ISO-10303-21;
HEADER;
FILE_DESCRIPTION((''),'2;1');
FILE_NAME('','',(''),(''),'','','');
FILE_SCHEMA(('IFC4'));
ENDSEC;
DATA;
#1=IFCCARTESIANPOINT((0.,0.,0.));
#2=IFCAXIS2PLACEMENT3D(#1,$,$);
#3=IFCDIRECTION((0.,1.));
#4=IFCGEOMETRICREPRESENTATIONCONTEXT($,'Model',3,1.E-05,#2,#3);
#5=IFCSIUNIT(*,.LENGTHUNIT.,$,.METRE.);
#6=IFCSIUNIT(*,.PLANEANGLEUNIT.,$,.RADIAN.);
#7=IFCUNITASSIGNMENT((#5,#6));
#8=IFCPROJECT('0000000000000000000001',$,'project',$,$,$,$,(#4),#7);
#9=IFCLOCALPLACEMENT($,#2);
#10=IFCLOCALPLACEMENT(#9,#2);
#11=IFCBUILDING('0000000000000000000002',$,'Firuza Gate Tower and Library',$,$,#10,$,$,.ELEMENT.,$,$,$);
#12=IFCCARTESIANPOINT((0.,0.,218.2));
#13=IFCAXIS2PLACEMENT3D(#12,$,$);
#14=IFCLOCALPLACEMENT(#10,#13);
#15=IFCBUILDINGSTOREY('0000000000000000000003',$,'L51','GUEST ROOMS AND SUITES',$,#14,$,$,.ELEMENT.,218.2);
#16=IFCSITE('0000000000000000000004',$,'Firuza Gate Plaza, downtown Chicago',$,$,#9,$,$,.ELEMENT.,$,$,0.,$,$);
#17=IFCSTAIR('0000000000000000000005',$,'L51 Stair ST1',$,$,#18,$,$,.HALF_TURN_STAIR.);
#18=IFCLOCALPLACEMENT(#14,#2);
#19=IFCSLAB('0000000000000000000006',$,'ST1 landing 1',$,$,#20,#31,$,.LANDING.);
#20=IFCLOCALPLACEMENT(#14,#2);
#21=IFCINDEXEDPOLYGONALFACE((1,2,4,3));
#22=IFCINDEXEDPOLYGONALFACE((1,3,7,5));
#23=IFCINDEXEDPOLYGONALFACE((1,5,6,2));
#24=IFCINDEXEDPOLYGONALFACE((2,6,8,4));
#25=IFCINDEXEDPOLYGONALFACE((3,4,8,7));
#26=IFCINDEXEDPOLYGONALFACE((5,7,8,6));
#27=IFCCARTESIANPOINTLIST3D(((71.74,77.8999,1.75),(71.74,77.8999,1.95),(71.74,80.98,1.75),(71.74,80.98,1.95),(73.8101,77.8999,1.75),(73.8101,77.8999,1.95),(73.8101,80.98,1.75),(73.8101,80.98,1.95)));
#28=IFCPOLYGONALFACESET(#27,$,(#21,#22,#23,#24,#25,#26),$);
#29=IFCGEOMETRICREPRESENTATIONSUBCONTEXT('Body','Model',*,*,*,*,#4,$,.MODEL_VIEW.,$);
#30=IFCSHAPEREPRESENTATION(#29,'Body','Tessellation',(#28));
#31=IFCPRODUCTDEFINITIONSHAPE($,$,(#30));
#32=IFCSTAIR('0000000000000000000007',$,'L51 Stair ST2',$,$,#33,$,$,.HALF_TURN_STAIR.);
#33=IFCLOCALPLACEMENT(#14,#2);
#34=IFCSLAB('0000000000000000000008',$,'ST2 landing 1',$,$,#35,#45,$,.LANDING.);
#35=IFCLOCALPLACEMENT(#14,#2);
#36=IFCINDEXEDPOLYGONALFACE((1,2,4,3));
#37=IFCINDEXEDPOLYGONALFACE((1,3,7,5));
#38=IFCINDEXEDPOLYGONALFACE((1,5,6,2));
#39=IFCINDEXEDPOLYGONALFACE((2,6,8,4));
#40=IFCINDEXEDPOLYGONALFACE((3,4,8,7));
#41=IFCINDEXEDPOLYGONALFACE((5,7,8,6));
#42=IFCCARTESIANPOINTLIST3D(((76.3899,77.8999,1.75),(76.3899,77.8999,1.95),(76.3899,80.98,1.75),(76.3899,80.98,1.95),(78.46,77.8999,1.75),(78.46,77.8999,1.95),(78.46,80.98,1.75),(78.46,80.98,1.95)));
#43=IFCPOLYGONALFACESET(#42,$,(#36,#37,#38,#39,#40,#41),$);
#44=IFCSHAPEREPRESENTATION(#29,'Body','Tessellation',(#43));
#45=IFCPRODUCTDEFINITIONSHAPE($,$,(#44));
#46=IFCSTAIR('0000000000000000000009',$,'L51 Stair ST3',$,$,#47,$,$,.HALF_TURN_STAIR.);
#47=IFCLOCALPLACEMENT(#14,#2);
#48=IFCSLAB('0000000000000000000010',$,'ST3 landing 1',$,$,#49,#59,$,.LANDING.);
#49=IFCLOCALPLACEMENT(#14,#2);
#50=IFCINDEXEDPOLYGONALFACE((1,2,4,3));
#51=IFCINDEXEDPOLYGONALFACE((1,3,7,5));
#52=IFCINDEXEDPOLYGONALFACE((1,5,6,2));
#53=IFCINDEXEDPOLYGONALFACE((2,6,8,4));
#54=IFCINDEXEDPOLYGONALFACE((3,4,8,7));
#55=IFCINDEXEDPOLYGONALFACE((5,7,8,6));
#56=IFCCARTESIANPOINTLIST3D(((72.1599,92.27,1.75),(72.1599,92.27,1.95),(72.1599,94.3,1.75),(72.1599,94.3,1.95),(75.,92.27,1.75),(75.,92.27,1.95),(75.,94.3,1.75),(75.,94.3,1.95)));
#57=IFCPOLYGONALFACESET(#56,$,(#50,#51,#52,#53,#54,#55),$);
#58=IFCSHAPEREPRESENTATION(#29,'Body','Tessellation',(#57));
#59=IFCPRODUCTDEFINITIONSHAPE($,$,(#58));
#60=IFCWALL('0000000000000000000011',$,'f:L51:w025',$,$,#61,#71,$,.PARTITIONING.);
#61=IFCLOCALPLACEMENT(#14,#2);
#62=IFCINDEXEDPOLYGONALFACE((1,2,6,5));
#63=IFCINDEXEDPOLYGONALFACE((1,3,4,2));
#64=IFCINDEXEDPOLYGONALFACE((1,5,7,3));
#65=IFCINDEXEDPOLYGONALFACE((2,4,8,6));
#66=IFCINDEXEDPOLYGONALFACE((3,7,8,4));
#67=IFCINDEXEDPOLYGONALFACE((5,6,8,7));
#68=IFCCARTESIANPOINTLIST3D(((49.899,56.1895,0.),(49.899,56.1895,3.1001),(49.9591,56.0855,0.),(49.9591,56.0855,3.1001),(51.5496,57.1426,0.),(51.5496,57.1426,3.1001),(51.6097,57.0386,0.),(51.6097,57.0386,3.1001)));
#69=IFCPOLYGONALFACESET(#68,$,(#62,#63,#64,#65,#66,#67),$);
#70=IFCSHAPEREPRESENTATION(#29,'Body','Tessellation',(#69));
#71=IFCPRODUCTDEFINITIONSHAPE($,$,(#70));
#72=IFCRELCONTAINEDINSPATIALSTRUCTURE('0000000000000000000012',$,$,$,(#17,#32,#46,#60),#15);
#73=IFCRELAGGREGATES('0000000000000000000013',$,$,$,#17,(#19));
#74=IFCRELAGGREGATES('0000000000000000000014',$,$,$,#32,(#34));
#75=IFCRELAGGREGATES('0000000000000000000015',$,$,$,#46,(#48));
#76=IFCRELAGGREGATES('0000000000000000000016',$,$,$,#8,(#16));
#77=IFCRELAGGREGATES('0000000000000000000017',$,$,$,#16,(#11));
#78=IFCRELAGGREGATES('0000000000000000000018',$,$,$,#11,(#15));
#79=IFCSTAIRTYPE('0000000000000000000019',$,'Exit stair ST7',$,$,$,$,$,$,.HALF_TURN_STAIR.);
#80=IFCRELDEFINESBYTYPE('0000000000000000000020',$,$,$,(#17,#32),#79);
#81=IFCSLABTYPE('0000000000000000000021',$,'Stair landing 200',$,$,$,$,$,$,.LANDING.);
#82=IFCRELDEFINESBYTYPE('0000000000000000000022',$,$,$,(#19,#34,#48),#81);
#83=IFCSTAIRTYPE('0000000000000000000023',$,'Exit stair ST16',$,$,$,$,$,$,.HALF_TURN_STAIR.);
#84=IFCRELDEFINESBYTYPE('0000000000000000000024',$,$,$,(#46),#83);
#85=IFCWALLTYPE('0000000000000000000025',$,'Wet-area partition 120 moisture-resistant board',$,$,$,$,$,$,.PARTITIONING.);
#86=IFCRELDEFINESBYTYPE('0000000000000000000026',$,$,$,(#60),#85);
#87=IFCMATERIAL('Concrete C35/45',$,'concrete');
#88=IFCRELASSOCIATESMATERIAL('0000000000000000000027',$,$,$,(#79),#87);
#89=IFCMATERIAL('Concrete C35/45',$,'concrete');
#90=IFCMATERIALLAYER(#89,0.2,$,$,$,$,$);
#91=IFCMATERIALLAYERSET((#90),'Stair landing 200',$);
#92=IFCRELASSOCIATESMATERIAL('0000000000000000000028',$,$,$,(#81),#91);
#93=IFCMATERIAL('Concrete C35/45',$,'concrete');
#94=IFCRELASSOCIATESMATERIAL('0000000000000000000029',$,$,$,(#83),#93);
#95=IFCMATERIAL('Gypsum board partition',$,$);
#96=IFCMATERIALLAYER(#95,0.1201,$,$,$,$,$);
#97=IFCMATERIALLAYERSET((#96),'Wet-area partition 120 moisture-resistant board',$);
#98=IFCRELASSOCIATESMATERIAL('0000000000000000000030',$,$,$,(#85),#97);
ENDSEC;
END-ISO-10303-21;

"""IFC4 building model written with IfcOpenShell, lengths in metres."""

from ifc_helpers import new_model, si_unit, direction, frame, frame_2d, origin, place, context, subcontext, project, spatial, polyline, rectangle, outline, extrude, material, layer, layer_set, type_object, element, aggregate, save


model = new_model("IFC4")

# Units and contexts
model_context = context("Model", 3, precision=1e-05, world=origin(), true_north=direction((0.0, 1.0)))
body_context = subcontext(model_context, "Body", "Model", "MODEL_VIEW")
ifc_project = project(units=[si_unit("LENGTHUNIT", "METRE"), si_unit("PLANEANGLEUNIT", "RADIAN")], contexts=[model_context])

# Site, building, storey
site_placement = place(None, origin())
site = spatial("IfcSite", under=ifc_project, at=site_placement, Name="Firuza Gate Plaza, downtown Chicago", CompositionType="ELEMENT", RefElevation=0.0)
building_placement = place(site_placement, origin())
building = spatial("IfcBuilding", under=site, at=building_placement, Name="Firuza Gate Tower and Library", CompositionType="ELEMENT")
storey_placement = place(building_placement, frame((0.0, 0.0, 218.2)))
storey = spatial("IfcBuildingStorey", under=building, at=storey_placement, Name="L51", Description="GUEST ROOMS AND SUITES", CompositionType="ELEMENT", Elevation=218.2)

# Stairs, slabs
ifc_material_1 = material(Name="Concrete C35/45", Category="concrete")
stair_type_1 = type_object("IfcStairType", Name="Exit stair ST7", PredefinedType="HALF_TURN_STAIR", material=ifc_material_1)
placement_1 = place(storey_placement, origin())
stair_1 = element("IfcStair", 1, at=placement_1, inside=storey, type_object=stair_type_1, Name="L51 Stair ST1", PredefinedType="HALF_TURN_STAIR")
ifc_material_2 = material(Name="Concrete C35/45", Category="concrete")
ifc_layer_1 = layer(ifc_material_2, 0.2)
ifc_layer_set_1 = layer_set([ifc_layer_1], Name="Stair landing 200")
slab_type_1 = type_object("IfcSlabType", Name="Stair landing 200", PredefinedType="LANDING", material=ifc_layer_set_1)
placement_2 = place(storey_placement, frame((0.0, 0.0, 1.75)))
slab_1 = element("IfcSlab", 2, at=placement_2, type_object=slab_type_1, Name="ST1 landing 1", PredefinedType="LANDING", context=body_context, shape_type="SweptSolid", body=[
    extrude(outline(polyline([(71.74, 77.8999), (73.8101, 77.8999), (73.8101, 80.98), (71.74, 80.98), (71.74, 77.8999)])), origin(), (0.0, 0.0, 1.0), 0.2),
])
aggregate(stair_1, [slab_1])
stair_2 = element("IfcStair", 3, at=placement_1, inside=storey, type_object=stair_type_1, Name="L51 Stair ST2", PredefinedType="HALF_TURN_STAIR")
slab_2 = element("IfcSlab", 4, at=placement_2, type_object=slab_type_1, Name="ST2 landing 1", PredefinedType="LANDING", context=body_context, shape_type="SweptSolid", body=[
    extrude(outline(polyline([(78.46, 80.98), (76.3899, 80.98), (76.3899, 77.8999), (78.46, 77.8999), (78.46, 80.98)])), origin(), (0.0, 0.0, 1.0), 0.2),
])
aggregate(stair_2, [slab_2])
ifc_material_3 = material(Name="Concrete C35/45", Category="concrete")
stair_type_2 = type_object("IfcStairType", Name="Exit stair ST16", PredefinedType="HALF_TURN_STAIR", material=ifc_material_3)
stair_3 = element("IfcStair", 5, at=placement_1, inside=storey, type_object=stair_type_2, Name="L51 Stair ST3", PredefinedType="HALF_TURN_STAIR")
slab_3 = element("IfcSlab", 6, at=placement_2, type_object=slab_type_1, Name="ST3 landing 1", PredefinedType="LANDING", context=body_context, shape_type="SweptSolid", body=[
    extrude(outline(polyline([(75.0, 92.27), (75.0, 94.3), (72.1599, 94.3), (72.1599, 92.27), (75.0, 92.27)])), origin(), (0.0, 0.0, 1.0), 0.2),
])
aggregate(stair_3, [slab_3])

# Wall
ifc_material_4 = material(Name="Gypsum board partition")
ifc_layer_2 = layer(ifc_material_4, 0.1201)
ifc_layer_set_2 = layer_set([ifc_layer_2], Name="Wet-area partition 120 moisture-resistant board")
wall_type = type_object("IfcWallType", Name="Wet-area partition 120 moisture-resistant board", PredefinedType="PARTITIONING", material=ifc_layer_set_2)
wall_placement = place(storey_placement, frame((49.929, 56.1375, 0.0), z_axis=(0.0, 0.0, 1.0), x_axis=(0.865996, 0.500051, 0.0)))
element("IfcWall", 7, at=wall_placement, inside=storey, type_object=wall_type, Name="f:L51:w025", PredefinedType="PARTITIONING", context=body_context, shape_type="SweptSolid", body=[
    extrude(rectangle(XDim=1.906, YDim=0.1201, at=frame_2d((0.9531, 0.0))), origin(), (0.0, 0.0, 1.0), 3.1001),
])

save(model, "model.ifc")
